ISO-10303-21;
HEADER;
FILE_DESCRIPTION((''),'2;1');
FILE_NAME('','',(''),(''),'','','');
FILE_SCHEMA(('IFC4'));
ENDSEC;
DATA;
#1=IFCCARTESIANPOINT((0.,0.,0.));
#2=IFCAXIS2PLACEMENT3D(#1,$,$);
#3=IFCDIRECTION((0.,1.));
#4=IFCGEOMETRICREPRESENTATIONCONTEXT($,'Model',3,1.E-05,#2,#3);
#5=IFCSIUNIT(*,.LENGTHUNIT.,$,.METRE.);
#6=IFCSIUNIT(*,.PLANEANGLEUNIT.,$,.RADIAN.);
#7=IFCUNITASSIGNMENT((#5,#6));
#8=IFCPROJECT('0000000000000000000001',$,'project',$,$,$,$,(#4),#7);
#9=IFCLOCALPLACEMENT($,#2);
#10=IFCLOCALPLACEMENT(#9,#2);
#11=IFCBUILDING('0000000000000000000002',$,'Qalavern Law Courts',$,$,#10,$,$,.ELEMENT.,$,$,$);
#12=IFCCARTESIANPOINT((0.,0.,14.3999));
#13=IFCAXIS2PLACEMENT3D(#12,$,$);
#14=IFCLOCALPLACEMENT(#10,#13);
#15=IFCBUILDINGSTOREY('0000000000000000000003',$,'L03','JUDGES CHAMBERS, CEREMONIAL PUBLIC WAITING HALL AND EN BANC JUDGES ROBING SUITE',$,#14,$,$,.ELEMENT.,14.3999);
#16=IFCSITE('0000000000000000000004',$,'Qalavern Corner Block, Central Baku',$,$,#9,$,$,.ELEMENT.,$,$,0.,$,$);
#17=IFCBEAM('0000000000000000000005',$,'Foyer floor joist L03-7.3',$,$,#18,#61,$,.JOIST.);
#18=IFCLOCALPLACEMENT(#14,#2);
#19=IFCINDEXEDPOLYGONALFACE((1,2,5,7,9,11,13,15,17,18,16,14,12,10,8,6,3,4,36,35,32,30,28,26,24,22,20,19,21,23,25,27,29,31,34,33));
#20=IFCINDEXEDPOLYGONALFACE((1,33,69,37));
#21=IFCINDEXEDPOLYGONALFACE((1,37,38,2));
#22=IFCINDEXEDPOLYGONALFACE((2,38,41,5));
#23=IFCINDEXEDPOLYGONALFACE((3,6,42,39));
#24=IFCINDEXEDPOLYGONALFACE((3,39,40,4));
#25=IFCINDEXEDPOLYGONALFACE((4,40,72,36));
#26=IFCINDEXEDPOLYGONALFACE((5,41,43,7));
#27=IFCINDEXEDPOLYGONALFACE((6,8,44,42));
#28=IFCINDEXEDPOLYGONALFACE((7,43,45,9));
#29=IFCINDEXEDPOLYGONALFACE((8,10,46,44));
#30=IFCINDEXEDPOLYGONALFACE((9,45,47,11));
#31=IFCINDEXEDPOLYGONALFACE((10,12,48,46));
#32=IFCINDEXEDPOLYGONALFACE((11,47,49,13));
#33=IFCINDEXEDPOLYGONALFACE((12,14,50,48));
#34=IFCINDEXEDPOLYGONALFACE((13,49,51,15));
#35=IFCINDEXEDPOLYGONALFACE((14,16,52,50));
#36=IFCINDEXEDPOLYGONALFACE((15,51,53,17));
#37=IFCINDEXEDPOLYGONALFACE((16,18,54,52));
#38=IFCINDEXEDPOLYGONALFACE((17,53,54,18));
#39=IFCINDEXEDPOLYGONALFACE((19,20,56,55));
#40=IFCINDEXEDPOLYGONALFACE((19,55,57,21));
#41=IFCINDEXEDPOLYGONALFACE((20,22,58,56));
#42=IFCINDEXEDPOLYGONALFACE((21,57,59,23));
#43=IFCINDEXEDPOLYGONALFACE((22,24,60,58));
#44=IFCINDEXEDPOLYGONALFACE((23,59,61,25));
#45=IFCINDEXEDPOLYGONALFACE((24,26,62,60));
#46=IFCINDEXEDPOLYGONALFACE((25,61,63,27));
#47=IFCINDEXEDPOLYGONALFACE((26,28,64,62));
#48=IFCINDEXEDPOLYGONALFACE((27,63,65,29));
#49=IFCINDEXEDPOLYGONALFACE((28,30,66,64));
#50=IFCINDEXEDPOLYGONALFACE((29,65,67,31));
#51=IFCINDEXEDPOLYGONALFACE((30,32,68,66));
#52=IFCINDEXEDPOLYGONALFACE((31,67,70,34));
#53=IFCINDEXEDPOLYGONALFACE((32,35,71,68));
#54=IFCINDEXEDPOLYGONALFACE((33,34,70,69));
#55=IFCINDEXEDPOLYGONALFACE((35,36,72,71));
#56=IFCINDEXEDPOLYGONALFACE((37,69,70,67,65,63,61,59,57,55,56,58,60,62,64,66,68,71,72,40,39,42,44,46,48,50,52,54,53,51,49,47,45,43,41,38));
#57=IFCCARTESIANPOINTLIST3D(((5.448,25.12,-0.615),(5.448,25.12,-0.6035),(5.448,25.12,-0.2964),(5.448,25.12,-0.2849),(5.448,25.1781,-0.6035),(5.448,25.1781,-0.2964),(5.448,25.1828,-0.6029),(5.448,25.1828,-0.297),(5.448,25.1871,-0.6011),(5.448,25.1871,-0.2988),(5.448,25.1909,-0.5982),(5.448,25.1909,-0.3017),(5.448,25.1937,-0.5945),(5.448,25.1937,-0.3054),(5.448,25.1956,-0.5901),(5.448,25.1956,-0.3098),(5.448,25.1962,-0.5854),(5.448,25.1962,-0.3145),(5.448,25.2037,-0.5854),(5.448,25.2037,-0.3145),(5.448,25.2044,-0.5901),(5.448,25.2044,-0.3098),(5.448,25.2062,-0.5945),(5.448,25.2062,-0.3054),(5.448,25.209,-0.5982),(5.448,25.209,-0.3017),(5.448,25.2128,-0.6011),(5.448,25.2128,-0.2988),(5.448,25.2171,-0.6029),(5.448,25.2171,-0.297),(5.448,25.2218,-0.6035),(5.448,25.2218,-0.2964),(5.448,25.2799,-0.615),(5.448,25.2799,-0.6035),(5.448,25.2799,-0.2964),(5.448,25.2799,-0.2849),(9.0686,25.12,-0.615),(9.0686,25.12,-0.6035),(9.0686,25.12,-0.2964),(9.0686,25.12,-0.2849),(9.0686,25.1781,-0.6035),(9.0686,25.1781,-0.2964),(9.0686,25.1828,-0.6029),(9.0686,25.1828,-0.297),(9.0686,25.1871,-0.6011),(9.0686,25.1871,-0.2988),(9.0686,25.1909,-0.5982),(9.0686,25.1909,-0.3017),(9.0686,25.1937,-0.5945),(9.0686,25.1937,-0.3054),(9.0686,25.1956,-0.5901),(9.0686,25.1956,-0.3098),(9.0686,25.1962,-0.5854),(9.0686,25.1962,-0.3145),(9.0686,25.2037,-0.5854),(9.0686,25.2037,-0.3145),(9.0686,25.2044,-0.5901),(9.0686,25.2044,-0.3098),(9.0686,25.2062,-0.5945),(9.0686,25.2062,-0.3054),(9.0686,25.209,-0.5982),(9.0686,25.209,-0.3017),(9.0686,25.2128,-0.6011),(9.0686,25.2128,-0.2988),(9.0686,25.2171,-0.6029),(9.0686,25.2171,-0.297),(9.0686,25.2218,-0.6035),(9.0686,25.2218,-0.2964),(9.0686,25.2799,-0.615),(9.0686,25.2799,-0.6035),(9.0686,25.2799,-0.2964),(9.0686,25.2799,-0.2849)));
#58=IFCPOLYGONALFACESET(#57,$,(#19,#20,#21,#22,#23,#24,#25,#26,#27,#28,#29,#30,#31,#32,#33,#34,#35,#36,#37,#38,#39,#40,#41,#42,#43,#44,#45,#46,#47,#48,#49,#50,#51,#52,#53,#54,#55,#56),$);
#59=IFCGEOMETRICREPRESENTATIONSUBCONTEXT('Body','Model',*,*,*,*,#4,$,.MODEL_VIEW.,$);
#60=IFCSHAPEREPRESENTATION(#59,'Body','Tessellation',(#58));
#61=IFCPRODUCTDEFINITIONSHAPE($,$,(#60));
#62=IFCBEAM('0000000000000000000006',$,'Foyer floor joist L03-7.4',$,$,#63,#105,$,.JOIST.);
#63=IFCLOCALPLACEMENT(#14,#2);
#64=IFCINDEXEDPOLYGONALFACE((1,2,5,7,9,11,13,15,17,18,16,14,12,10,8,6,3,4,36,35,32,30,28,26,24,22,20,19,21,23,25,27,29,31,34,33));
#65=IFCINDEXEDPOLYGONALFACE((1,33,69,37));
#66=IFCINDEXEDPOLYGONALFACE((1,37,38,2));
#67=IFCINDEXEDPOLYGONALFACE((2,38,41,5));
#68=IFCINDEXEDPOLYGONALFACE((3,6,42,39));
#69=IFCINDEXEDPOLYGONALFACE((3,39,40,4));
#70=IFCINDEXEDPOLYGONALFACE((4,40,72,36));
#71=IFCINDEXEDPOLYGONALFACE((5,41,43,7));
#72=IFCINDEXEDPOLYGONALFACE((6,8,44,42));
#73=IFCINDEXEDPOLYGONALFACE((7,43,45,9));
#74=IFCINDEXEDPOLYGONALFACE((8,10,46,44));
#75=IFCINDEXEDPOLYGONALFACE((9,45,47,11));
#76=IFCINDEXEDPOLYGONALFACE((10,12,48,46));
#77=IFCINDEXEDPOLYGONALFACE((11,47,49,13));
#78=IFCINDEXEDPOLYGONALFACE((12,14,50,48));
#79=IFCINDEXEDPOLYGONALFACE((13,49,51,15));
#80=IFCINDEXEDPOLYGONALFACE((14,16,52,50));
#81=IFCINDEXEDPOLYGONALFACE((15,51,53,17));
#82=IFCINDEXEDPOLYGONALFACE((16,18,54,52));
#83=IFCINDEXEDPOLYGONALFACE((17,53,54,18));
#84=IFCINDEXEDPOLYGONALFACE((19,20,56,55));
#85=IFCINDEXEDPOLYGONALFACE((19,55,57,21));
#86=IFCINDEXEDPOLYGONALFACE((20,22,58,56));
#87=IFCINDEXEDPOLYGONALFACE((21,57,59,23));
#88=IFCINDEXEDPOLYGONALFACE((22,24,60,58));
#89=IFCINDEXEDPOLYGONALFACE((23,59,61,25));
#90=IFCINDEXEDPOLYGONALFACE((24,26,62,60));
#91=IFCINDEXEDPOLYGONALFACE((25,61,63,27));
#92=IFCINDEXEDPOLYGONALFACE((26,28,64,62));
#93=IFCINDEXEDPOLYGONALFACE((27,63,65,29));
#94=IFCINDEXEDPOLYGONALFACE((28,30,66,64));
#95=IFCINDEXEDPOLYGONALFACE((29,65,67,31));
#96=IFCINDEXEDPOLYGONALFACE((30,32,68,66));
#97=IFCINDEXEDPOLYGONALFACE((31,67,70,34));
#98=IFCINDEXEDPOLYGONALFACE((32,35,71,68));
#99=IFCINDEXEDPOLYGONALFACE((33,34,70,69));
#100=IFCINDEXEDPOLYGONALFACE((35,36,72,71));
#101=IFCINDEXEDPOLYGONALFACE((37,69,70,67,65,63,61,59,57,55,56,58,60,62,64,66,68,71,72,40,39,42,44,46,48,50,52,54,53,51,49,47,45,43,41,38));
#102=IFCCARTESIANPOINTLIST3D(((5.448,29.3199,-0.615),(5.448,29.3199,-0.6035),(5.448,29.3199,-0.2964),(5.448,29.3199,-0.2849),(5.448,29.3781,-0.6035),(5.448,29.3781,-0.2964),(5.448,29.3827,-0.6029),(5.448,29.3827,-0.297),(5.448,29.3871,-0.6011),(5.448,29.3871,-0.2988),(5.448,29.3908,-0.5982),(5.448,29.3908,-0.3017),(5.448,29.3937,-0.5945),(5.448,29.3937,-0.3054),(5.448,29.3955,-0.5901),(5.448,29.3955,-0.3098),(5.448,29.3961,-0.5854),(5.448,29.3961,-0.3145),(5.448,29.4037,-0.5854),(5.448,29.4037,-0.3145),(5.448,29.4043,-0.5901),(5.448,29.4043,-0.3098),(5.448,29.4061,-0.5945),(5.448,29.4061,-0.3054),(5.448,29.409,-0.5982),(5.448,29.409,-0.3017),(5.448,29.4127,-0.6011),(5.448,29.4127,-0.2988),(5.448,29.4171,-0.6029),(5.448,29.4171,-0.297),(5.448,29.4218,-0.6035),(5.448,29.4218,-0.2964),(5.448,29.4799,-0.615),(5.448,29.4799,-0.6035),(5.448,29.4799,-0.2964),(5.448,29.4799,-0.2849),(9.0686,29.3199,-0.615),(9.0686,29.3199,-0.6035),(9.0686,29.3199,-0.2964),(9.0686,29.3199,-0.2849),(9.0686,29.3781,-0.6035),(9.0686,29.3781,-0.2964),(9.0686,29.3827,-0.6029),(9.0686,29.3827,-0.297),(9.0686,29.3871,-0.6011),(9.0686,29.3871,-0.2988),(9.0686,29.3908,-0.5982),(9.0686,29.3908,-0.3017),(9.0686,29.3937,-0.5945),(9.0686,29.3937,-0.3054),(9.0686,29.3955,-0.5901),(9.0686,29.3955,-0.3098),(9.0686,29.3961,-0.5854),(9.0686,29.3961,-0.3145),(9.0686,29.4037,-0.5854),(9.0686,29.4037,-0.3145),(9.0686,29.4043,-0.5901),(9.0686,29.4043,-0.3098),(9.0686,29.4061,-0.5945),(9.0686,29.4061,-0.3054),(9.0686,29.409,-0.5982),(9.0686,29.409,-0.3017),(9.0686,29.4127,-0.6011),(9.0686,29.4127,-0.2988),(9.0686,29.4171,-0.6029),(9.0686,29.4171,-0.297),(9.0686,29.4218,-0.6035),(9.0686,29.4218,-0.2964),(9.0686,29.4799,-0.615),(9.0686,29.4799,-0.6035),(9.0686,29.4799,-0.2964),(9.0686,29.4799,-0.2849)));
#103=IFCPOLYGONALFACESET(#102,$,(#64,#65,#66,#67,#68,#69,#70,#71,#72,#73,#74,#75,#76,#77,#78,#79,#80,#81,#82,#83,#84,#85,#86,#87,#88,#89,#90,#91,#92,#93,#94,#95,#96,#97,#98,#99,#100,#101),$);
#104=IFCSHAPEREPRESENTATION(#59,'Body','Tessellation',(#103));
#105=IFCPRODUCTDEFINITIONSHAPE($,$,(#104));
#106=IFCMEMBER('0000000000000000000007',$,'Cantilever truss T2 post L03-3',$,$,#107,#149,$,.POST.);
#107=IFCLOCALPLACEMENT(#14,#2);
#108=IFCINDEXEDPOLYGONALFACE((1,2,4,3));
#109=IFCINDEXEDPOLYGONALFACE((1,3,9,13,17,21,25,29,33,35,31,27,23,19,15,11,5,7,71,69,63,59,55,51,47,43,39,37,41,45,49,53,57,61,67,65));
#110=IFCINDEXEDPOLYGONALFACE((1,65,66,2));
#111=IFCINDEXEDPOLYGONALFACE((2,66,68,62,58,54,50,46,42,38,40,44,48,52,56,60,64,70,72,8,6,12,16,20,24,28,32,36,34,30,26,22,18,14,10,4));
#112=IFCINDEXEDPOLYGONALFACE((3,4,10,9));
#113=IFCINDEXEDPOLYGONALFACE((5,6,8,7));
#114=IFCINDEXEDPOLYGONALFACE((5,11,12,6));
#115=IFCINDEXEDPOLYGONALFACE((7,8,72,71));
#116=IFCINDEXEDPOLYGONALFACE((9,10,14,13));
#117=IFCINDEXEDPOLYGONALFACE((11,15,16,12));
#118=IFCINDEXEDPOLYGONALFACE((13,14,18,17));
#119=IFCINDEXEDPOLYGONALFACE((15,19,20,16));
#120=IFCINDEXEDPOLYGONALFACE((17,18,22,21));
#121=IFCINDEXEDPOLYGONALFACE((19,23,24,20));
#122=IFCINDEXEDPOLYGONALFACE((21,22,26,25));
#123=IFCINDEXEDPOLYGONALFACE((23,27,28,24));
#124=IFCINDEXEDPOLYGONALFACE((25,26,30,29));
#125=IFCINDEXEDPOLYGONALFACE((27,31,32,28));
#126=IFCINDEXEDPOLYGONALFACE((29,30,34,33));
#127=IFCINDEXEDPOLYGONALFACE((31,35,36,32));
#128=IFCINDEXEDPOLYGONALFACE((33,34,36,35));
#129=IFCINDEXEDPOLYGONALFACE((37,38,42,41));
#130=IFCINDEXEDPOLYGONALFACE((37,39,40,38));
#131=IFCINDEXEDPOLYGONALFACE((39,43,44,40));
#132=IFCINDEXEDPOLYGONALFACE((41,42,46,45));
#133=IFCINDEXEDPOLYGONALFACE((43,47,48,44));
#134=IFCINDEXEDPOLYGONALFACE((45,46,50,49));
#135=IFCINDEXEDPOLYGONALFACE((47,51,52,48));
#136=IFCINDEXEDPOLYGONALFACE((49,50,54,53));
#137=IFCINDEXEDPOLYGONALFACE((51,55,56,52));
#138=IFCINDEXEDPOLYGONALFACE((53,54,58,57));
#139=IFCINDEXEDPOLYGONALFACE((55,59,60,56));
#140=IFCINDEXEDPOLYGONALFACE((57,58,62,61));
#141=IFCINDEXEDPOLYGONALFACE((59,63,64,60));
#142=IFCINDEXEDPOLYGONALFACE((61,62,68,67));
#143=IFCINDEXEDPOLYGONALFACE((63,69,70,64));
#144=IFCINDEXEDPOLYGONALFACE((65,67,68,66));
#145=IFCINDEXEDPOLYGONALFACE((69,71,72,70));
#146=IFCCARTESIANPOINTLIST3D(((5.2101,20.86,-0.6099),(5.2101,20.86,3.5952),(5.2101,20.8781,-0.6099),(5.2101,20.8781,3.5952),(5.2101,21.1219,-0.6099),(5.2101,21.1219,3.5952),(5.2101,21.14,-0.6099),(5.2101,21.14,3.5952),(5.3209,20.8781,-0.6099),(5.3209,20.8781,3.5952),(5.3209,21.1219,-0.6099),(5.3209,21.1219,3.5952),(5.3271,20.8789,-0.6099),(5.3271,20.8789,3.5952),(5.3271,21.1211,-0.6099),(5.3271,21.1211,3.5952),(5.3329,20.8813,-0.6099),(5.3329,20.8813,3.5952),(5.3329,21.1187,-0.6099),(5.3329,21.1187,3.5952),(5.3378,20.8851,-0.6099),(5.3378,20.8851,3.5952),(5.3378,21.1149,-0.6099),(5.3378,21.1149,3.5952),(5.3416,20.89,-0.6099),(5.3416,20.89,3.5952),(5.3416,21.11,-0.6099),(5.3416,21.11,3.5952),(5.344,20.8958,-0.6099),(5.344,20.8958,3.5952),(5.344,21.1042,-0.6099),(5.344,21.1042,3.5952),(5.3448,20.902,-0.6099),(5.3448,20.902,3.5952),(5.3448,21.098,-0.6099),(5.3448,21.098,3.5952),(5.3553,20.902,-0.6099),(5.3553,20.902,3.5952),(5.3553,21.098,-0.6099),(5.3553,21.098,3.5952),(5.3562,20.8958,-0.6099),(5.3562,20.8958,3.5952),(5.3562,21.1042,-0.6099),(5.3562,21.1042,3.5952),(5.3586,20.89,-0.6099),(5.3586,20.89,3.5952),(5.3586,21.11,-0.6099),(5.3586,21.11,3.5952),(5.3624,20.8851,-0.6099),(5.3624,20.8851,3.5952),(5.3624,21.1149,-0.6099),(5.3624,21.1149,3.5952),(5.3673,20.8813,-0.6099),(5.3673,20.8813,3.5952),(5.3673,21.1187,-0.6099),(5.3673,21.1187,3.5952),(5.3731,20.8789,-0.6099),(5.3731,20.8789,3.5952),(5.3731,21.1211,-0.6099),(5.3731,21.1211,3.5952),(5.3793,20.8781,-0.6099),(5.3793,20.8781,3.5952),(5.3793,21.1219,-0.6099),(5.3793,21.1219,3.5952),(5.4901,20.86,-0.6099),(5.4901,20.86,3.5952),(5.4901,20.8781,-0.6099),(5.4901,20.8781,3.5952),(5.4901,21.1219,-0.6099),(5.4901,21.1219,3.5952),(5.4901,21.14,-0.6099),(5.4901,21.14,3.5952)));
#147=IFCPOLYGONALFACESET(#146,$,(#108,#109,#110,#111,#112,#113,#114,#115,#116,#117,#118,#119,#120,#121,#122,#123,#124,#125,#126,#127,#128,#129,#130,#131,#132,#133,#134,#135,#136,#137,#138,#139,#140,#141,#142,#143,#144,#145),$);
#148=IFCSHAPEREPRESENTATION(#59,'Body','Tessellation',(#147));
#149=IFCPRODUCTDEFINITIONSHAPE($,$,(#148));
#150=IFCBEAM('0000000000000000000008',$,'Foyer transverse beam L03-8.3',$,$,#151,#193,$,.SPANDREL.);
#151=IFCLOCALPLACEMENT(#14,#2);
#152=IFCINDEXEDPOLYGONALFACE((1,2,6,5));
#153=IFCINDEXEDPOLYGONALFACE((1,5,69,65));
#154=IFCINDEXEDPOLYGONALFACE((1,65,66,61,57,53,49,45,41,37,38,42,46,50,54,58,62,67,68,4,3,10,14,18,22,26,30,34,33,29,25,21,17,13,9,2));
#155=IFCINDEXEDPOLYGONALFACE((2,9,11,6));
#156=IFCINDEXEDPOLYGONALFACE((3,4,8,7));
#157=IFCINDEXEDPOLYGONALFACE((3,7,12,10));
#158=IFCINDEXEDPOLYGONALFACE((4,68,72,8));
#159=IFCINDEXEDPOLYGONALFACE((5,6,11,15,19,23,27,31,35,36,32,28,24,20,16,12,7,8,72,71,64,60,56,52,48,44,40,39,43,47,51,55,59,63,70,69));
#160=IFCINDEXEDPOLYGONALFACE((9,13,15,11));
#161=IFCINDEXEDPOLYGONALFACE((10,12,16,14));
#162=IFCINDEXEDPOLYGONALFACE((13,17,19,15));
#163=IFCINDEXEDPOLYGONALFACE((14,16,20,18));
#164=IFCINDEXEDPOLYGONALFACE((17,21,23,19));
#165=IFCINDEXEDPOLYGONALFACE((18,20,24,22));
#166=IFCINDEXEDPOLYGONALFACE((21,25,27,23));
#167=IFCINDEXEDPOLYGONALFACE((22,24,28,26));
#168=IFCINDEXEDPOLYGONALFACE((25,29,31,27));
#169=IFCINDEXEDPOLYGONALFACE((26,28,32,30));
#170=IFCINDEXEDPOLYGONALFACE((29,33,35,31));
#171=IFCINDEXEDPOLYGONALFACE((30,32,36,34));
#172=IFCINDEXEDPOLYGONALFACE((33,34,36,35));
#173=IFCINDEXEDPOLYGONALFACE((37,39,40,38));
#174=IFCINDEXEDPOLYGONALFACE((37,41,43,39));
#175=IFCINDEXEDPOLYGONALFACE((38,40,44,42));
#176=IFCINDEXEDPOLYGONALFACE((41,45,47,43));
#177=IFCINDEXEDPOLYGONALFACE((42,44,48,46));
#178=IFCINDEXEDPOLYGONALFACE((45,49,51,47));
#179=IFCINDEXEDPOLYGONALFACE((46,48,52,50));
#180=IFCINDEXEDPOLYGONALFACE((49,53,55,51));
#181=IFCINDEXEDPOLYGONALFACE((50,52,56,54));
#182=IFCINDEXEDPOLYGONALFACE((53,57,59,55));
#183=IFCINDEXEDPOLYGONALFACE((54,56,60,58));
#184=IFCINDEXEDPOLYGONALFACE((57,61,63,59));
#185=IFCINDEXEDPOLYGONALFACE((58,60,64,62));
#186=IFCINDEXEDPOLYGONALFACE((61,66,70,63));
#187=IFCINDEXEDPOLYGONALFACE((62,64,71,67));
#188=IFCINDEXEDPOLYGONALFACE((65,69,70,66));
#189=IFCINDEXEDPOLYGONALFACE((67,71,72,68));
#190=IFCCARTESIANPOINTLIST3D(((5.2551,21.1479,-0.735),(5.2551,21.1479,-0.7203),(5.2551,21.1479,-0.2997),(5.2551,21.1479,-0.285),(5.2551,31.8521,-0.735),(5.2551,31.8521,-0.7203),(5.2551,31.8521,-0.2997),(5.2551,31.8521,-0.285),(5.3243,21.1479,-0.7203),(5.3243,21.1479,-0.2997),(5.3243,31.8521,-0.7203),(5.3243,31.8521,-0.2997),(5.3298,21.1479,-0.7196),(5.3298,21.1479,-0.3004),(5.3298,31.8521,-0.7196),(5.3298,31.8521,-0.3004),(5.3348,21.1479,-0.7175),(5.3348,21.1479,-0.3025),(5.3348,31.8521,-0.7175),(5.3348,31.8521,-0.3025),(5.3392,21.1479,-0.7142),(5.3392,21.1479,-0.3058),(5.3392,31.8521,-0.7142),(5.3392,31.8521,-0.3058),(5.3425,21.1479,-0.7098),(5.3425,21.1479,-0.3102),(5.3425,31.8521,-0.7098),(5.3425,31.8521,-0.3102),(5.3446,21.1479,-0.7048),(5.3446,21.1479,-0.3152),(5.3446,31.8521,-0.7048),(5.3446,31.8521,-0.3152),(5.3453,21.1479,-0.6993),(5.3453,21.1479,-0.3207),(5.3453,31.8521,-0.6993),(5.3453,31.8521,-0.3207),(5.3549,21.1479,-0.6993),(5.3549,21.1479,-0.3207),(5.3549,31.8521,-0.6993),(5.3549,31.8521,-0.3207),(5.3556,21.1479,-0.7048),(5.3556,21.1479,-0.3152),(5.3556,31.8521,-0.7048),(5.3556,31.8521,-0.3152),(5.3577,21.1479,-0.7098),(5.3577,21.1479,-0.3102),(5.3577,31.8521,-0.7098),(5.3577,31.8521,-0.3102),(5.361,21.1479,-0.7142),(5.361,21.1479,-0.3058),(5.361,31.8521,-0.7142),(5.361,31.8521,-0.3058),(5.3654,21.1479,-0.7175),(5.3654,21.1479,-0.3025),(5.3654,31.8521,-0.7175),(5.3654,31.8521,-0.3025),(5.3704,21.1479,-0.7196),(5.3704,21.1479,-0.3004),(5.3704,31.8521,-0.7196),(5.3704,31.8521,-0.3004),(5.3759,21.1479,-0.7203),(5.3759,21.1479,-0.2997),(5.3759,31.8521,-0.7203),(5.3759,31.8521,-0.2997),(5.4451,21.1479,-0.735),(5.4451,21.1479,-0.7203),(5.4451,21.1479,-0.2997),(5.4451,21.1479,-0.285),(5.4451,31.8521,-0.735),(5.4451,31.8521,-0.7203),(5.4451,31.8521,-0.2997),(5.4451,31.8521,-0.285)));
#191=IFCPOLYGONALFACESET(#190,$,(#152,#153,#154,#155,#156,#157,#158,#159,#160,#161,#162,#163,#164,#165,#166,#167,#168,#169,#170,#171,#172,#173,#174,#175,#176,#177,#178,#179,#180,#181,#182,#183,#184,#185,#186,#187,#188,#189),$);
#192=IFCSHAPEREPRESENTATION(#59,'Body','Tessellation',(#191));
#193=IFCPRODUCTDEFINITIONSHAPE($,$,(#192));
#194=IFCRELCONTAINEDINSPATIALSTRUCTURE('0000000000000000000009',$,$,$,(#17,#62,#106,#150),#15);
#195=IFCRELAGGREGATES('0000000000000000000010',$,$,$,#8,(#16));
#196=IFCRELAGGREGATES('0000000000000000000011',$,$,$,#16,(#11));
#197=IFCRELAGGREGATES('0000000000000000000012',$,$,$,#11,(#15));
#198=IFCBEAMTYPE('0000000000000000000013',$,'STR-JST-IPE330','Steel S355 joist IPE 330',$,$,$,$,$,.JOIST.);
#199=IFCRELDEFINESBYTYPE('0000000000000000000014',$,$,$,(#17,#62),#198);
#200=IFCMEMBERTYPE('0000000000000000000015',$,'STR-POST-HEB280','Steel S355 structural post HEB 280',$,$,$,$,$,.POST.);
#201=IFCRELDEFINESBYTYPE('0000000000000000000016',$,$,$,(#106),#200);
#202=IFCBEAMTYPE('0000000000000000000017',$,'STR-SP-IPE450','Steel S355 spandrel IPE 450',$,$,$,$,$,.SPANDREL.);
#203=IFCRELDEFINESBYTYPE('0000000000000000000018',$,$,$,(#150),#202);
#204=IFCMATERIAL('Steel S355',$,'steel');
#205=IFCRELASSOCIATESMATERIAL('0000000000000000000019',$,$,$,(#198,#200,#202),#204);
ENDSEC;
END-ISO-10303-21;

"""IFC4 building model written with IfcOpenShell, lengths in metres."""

from ifc_helpers import new_model, si_unit, direction, frame, origin, origin_2d, place, context, subcontext, project, spatial, i_section, extrude, material, material_profile, profile_set, type_object, element, save


model = new_model("IFC4")

# Units and contexts
model_context = context("Model", 3, precision=1e-05, world=origin(), true_north=direction((0.0, 1.0)))
body_context = subcontext(model_context, "Body", "Model", "MODEL_VIEW")
ifc_project = project(units=[si_unit("LENGTHUNIT", "METRE"), si_unit("PLANEANGLEUNIT", "RADIAN")], contexts=[model_context])

# Site, building, storey
site_placement = place(None, origin())
site = spatial("IfcSite", under=ifc_project, at=site_placement, Name="Qalavern Corner Block, Central Baku", CompositionType="ELEMENT", RefElevation=0.0)
building_placement = place(site_placement, origin())
building = spatial("IfcBuilding", under=site, at=building_placement, Name="Qalavern Law Courts", CompositionType="ELEMENT")
storey_placement = place(building_placement, frame((0.0, 0.0, 14.3999)))
storey = spatial("IfcBuildingStorey", under=building, at=storey_placement, Name="L03", Description="JUDGES CHAMBERS, CEREMONIAL PUBLIC WAITING HALL AND EN BANC JUDGES ROBING SUITE", CompositionType="ELEMENT", Elevation=14.3999)

# Beams
ifc_material_1 = material(Name="Steel S355", Category="steel")
ifc_material_profile_1 = material_profile(ifc_material_1, i_section(OverallWidth=0.1599, OverallDepth=0.3301, WebThickness=0.0076, FlangeThickness=0.0115, FilletRadius=0.0181, at=origin_2d()), Name="IPE 330")
ifc_profile_set_1 = profile_set([ifc_material_profile_1], Name="Steel S355")
beam_type_1 = type_object("IfcBeamType", Name="STR-JST-IPE330", Description="Steel S355 joist IPE 330", PredefinedType="JOIST", material=ifc_profile_set_1)
for number, where, z_axis, x_axis, name in (
    (1, (5.448, 25.2, -0.45), (1.0, 0.0, 0.0), (0.0, 1.0, 0.0), "Foyer floor joist L03-7.3"),
    (2, (5.448, 29.3999, -0.45), (1.0, 0.0, 0.0), (0.0, 1.0, 0.0), "Foyer floor joist L03-7.4"),
):
    element("IfcBeam", number, at=place(storey_placement, frame(where, z_axis=z_axis, x_axis=x_axis)), inside=storey, type_object=beam_type_1, Name=name, PredefinedType="JOIST", context=body_context, shape_type="SweptSolid", body=[
        extrude(i_section(OverallWidth=0.1599, OverallDepth=0.3301, WebThickness=0.0076, FlangeThickness=0.0115, FilletRadius=0.0181, at=origin_2d()), origin(), (0.0, 0.0, 1.0), 3.6206),
    ])

# Member
ifc_material_profile_2 = material_profile(ifc_material_1, i_section(OverallWidth=0.28, OverallDepth=0.28, WebThickness=0.0105, FlangeThickness=0.0181, FilletRadius=0.0239, at=origin_2d()), Name="HEB 280")
ifc_profile_set_2 = profile_set([ifc_material_profile_2], Name="Steel S355")
member_type_1 = type_object("IfcMemberType", Name="STR-POST-HEB280", Description="Steel S355 structural post HEB 280", PredefinedType="POST", material=ifc_profile_set_2)
member_1_placement = place(storey_placement, frame((5.3501, 21.0, -0.6099), z_axis=(0.0, 0.0, 1.0), x_axis=(1.0, 0.0, 0.0)))
element("IfcMember", 3, at=member_1_placement, inside=storey, type_object=member_type_1, Name="Cantilever truss T2 post L03-3", PredefinedType="POST", context=body_context, shape_type="SweptSolid", body=[
    extrude(i_section(OverallWidth=0.28, OverallDepth=0.28, WebThickness=0.0105, FlangeThickness=0.0181, FilletRadius=0.0239, at=origin_2d()), origin(), (0.0, 0.0, 1.0), 4.2051),
])

# Beam
ifc_material_profile_3 = material_profile(ifc_material_1, i_section(OverallWidth=0.1899, OverallDepth=0.45, WebThickness=0.0095, FlangeThickness=0.0146, FilletRadius=0.021, at=origin_2d()), Name="IPE 450")
ifc_profile_set_3 = profile_set([ifc_material_profile_3], Name="Steel S355")
beam_type_2 = type_object("IfcBeamType", Name="STR-SP-IPE450", Description="Steel S355 spandrel IPE 450", PredefinedType="SPANDREL", material=ifc_profile_set_3)
beam_placement = place(storey_placement, frame((5.3501, 21.1479, -0.51), z_axis=(0.0, 1.0, 0.0), x_axis=(-1.0, 0.0, 0.0)))
element("IfcBeam", 4, at=beam_placement, inside=storey, type_object=beam_type_2, Name="Foyer transverse beam L03-8.3", PredefinedType="SPANDREL", context=body_context, shape_type="SweptSolid", body=[
    extrude(i_section(OverallWidth=0.1899, OverallDepth=0.45, WebThickness=0.0095, FlangeThickness=0.0146, FilletRadius=0.021, at=origin_2d()), origin(), (0.0, 0.0, 1.0), 10.7041),
])

save(model, "model.ifc")
